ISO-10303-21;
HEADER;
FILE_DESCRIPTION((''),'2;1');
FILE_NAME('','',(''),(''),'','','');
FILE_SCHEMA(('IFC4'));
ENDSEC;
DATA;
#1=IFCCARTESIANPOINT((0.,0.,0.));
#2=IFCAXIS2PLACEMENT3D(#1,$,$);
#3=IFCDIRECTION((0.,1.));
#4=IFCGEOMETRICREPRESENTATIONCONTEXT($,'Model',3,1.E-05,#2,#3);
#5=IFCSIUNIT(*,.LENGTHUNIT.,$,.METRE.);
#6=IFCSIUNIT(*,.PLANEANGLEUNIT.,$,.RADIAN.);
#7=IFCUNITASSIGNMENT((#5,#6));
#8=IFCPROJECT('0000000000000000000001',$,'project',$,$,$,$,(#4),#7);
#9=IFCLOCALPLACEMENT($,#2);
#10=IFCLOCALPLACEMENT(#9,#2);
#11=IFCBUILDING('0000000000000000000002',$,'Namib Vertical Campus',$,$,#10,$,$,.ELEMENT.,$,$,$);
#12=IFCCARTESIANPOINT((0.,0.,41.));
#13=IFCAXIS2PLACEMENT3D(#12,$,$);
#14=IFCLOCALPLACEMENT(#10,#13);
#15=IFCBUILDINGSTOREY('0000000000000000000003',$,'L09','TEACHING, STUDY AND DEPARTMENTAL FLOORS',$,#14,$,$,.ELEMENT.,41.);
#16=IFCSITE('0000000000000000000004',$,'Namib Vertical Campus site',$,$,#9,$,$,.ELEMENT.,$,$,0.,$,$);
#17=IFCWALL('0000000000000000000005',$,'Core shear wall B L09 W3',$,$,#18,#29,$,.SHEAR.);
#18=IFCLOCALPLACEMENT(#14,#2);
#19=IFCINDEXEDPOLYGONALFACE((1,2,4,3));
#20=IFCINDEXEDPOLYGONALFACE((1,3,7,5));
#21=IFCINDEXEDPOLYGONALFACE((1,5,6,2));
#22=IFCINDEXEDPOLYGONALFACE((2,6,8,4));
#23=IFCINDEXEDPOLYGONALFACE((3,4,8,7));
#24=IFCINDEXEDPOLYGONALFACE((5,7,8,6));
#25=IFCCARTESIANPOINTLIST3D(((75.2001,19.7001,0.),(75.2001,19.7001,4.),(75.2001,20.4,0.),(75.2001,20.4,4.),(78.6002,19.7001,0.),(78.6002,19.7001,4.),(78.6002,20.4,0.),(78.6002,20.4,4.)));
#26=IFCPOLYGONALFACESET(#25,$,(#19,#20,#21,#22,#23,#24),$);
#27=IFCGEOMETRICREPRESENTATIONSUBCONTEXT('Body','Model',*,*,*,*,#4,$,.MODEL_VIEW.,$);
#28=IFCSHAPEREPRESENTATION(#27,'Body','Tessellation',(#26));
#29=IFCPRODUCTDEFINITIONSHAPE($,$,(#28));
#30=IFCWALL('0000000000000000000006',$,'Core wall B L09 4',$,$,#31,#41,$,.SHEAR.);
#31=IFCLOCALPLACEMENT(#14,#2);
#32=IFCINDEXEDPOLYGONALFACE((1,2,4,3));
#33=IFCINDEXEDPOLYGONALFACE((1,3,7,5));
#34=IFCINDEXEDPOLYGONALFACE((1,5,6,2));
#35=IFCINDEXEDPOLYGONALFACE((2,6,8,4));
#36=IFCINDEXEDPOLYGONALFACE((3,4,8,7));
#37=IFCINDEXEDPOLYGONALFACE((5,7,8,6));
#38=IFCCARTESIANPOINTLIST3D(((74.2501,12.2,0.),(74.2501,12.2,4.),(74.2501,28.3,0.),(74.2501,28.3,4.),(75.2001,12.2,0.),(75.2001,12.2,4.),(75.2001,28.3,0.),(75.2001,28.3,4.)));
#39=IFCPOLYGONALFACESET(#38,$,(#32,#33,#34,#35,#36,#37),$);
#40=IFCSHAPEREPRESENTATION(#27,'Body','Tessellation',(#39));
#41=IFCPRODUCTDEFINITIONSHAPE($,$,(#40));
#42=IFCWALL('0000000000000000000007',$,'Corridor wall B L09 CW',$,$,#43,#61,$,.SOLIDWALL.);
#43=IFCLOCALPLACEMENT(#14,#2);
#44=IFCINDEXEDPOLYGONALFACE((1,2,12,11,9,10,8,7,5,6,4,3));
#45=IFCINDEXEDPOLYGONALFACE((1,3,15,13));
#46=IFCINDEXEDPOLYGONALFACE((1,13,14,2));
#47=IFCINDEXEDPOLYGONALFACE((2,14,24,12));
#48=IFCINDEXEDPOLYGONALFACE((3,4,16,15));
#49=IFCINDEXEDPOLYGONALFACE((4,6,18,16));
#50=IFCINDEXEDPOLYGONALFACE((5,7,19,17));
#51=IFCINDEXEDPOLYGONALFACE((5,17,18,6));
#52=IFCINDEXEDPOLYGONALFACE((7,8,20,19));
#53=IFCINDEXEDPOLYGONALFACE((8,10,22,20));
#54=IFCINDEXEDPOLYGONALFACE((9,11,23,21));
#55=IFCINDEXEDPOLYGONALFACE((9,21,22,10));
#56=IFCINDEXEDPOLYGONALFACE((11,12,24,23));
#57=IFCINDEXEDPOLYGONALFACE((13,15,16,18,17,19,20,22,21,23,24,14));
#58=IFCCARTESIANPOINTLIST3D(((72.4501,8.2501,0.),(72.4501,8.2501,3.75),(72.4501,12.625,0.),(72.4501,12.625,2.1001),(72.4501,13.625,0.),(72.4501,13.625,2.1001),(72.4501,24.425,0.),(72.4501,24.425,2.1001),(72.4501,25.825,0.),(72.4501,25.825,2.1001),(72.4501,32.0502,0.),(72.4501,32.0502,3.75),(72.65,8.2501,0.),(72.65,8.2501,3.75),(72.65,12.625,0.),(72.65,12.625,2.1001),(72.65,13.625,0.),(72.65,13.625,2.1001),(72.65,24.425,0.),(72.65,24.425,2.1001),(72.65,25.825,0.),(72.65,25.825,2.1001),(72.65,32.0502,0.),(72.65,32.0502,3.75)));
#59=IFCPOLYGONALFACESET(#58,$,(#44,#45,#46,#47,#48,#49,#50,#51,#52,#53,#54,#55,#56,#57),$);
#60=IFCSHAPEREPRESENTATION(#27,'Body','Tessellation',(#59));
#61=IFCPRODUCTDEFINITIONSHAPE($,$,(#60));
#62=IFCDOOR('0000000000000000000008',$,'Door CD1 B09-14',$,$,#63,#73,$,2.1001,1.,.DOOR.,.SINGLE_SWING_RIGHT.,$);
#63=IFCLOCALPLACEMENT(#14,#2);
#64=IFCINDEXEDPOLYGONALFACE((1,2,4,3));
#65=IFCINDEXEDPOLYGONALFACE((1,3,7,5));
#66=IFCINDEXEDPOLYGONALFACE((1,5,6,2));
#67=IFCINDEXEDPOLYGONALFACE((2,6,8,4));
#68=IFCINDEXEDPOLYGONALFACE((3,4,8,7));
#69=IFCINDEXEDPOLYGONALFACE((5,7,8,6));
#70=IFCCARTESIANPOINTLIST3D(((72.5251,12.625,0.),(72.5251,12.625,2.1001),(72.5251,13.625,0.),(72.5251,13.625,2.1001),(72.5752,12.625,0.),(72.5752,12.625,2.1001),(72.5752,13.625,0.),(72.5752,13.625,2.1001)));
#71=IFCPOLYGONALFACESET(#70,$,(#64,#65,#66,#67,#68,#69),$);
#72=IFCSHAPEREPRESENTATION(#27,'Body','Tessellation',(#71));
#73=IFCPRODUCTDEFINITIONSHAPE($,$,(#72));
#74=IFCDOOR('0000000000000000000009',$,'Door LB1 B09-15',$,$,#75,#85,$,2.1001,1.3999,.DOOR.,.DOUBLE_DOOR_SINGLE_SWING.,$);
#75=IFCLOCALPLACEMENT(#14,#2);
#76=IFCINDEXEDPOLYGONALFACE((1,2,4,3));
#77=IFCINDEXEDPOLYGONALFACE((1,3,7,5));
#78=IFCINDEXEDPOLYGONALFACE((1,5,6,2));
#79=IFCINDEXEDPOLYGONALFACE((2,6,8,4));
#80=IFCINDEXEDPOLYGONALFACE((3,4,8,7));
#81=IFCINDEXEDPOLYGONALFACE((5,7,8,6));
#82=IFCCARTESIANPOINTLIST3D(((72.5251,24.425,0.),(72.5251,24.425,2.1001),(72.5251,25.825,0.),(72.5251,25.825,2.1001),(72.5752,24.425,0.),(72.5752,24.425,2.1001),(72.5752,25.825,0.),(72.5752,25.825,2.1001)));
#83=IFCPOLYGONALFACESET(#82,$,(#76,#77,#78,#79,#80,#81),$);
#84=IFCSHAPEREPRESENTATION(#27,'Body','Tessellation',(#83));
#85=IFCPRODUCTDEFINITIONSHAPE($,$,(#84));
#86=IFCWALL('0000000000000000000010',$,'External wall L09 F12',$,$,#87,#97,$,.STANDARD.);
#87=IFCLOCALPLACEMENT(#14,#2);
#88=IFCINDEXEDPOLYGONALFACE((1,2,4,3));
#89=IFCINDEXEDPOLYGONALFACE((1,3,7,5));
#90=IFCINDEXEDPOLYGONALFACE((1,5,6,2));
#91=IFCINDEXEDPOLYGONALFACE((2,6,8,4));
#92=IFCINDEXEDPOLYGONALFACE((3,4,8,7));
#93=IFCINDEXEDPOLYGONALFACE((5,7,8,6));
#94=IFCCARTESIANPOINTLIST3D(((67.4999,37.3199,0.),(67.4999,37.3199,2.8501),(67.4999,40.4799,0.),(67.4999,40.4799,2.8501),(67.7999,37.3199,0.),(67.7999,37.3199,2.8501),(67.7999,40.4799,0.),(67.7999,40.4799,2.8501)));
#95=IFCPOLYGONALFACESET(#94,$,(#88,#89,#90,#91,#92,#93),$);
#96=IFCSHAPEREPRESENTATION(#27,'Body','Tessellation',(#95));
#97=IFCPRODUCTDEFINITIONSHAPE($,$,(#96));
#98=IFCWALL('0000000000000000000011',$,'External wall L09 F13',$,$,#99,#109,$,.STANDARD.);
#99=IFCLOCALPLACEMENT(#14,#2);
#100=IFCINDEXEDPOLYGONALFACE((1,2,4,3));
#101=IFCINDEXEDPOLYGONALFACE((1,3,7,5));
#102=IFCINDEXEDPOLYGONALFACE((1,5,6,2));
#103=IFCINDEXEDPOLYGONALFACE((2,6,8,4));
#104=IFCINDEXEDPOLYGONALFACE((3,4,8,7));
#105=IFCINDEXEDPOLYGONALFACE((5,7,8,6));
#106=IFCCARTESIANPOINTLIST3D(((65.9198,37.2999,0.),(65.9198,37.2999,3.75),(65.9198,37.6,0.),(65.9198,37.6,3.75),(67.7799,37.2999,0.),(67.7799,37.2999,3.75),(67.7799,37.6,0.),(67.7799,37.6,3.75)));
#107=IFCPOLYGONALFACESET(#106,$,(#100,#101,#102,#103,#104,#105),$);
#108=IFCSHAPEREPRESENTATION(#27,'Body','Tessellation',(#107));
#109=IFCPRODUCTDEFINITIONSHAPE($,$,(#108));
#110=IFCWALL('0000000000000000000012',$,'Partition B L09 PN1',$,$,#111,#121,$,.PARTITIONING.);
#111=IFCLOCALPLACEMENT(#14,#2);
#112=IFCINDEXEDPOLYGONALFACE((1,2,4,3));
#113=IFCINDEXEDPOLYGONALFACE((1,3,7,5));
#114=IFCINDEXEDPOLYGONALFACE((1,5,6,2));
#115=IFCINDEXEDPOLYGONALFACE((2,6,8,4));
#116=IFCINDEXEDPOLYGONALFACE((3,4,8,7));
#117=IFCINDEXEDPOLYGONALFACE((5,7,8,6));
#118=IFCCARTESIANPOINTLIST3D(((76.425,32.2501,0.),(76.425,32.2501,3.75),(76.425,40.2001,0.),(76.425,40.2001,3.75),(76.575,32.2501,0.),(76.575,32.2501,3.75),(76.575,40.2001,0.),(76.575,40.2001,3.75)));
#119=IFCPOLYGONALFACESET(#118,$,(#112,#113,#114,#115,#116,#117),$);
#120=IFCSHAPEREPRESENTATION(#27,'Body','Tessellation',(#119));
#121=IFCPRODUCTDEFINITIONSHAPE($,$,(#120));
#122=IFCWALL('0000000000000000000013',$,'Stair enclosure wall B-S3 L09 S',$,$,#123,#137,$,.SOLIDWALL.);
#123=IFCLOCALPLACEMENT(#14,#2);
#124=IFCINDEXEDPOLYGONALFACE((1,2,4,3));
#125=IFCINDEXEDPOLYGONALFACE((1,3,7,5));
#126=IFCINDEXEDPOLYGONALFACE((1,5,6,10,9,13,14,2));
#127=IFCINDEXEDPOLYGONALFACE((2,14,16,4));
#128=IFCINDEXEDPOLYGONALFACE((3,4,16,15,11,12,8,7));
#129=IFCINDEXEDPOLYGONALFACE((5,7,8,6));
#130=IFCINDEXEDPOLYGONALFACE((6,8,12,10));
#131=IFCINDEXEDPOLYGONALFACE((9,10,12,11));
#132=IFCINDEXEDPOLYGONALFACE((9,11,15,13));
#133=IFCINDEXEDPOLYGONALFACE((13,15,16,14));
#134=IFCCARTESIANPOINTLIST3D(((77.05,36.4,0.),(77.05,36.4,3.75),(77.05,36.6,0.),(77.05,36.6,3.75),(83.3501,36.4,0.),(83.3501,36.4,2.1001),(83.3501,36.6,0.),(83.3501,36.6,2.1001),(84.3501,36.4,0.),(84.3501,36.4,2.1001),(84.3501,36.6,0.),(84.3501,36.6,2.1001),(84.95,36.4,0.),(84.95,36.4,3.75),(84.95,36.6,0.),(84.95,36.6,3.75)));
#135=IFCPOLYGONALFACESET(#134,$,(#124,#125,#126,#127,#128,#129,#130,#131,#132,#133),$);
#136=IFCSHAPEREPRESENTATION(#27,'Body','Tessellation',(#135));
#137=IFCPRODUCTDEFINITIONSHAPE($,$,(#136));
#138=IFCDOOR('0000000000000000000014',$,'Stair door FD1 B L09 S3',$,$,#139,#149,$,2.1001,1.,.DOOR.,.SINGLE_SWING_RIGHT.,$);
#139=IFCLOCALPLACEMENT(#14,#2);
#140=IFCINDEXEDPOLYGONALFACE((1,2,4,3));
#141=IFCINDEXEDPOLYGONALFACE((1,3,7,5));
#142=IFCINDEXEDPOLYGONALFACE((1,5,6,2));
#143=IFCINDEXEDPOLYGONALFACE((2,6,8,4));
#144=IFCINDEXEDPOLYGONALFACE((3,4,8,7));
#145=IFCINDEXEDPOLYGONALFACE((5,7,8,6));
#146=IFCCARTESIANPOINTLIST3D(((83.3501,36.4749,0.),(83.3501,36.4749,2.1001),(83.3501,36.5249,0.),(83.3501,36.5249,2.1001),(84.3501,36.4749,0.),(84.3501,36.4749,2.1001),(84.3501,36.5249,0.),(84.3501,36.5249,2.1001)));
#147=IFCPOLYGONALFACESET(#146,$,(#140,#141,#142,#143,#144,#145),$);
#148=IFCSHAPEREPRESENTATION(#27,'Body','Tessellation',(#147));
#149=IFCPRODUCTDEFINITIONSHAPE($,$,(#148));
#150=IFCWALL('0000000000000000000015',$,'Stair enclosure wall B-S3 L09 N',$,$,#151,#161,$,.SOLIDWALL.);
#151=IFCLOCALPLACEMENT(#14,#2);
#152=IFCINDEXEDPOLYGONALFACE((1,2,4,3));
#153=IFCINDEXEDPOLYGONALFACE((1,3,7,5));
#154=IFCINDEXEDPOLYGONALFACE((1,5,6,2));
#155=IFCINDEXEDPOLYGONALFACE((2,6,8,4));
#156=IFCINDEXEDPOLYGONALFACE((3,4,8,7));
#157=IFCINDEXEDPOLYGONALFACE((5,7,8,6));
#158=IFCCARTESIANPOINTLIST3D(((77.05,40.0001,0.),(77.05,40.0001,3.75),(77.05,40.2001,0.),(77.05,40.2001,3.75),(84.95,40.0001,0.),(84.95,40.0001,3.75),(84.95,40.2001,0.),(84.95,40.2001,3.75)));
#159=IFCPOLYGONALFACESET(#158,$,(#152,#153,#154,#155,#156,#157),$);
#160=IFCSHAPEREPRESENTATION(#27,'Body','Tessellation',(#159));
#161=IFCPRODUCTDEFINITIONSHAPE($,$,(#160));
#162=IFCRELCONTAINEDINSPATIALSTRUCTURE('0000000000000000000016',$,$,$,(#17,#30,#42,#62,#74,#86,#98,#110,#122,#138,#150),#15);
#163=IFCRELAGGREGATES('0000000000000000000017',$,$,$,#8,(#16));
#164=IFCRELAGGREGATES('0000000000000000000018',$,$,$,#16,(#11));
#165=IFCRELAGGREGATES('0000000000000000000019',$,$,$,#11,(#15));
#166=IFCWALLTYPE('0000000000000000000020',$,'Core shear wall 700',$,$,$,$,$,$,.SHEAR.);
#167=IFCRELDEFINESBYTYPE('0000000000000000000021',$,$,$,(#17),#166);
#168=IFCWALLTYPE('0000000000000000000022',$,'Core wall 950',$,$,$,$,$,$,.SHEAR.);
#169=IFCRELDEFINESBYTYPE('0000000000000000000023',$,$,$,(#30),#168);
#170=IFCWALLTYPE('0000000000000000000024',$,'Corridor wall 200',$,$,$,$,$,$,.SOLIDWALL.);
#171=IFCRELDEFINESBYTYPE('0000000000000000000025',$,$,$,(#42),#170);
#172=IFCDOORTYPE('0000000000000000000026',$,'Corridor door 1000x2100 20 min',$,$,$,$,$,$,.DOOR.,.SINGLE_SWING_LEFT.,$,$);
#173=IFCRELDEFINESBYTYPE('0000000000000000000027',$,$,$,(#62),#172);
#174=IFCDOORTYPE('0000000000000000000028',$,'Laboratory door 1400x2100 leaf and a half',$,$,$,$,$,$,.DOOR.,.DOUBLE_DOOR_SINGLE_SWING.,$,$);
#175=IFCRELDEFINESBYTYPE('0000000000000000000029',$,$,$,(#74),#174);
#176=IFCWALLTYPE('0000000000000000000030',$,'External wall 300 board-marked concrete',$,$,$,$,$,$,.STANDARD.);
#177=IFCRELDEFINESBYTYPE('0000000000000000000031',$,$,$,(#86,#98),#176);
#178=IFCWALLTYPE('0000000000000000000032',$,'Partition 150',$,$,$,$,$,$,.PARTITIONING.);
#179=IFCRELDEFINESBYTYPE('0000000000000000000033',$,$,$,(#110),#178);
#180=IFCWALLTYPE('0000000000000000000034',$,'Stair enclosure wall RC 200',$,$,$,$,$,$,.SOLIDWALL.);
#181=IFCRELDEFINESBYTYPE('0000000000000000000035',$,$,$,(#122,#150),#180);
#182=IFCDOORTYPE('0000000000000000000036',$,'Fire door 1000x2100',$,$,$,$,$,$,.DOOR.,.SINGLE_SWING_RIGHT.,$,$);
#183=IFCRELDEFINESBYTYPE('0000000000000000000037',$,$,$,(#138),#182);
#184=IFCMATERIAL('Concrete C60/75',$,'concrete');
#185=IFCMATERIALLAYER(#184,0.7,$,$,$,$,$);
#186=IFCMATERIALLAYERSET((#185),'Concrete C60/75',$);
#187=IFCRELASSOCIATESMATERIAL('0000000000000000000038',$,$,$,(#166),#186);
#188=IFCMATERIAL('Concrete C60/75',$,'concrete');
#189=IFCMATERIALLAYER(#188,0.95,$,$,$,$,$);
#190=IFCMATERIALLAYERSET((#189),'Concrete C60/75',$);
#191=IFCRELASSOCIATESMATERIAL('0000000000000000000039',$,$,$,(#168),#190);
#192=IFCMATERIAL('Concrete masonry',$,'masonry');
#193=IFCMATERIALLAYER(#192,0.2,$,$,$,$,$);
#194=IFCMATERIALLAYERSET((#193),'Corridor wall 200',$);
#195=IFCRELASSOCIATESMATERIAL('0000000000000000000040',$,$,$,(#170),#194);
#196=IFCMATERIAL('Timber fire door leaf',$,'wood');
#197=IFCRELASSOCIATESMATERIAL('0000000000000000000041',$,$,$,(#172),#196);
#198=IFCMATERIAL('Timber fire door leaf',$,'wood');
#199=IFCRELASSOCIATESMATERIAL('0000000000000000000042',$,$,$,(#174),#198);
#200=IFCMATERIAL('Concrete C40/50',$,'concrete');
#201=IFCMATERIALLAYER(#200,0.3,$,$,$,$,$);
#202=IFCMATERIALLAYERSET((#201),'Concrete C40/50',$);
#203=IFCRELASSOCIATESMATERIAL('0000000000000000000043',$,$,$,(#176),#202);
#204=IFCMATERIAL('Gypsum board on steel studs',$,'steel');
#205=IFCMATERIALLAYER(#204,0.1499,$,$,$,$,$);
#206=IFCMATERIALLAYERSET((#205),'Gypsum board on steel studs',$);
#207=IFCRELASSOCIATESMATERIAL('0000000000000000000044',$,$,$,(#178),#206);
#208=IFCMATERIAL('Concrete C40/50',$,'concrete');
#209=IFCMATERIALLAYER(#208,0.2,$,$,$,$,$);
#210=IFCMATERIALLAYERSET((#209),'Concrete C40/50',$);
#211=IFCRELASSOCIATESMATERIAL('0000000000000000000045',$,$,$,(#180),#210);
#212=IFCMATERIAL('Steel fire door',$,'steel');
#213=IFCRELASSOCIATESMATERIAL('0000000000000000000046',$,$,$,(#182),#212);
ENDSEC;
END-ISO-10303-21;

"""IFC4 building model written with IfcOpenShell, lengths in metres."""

from ifc_helpers import new_model, si_unit, direction, frame, frame_2d, origin, place, context, subcontext, project, spatial, rectangle, extrude, material, layer, layer_set, type_object, element, fill, save


model = new_model("IFC4")

# Units and contexts
model_context = context("Model", 3, precision=1e-05, world=origin(), true_north=direction((0.0, 1.0)))
body_context = subcontext(model_context, "Body", "Model", "MODEL_VIEW")
ifc_project = project(units=[si_unit("LENGTHUNIT", "METRE"), si_unit("PLANEANGLEUNIT", "RADIAN")], contexts=[model_context])

# Site, building, storey
site_placement = place(None, origin())
site = spatial("IfcSite", under=ifc_project, at=site_placement, Name="Namib Vertical Campus site", CompositionType="ELEMENT", RefElevation=0.0)
building_placement = place(site_placement, origin())
building = spatial("IfcBuilding", under=site, at=building_placement, Name="Namib Vertical Campus", CompositionType="ELEMENT")
storey_placement = place(building_placement, frame((0.0, 0.0, 41.0)))
storey = spatial("IfcBuildingStorey", under=building, at=storey_placement, Name="L09", Description="TEACHING, STUDY AND DEPARTMENTAL FLOORS", CompositionType="ELEMENT", Elevation=41.0)

# Walls
ifc_material_1 = material(Name="Concrete C60/75", Category="concrete")
ifc_layer_1 = layer(ifc_material_1, 0.7)
ifc_layer_set_1 = layer_set([ifc_layer_1], Name="Concrete C60/75")
wall_type_1 = type_object("IfcWallType", Name="Core shear wall 700", PredefinedType="SHEAR", material=ifc_layer_set_1)
wall_1_placement = place(storey_placement, frame((75.2, 20.05, 0.0), z_axis=(0.0, 0.0, 1.0), x_axis=(1.0, 0.0, 0.0)))
element("IfcWall", 1, at=wall_1_placement, inside=storey, type_object=wall_type_1, Name="Core shear wall B L09 W3", PredefinedType="SHEAR", context=body_context, shape_type="SweptSolid", body=[
    extrude(rectangle(XDim=3.4001, YDim=0.7, at=frame_2d((1.7002, 0.0))), origin(), (0.0, 0.0, 1.0), 4.0),
])
ifc_material_2 = material(Name="Concrete C60/75", Category="concrete")
ifc_layer_2 = layer(ifc_material_2, 0.95)
ifc_layer_set_2 = layer_set([ifc_layer_2], Name="Concrete C60/75")
wall_type_2 = type_object("IfcWallType", Name="Core wall 950", PredefinedType="SHEAR", material=ifc_layer_set_2)
wall_2_placement = place(storey_placement, frame((74.7251, 28.3, 0.0), z_axis=(0.0, 0.0, 1.0), x_axis=(0.0, -1.0, 0.0)))
element("IfcWall", 2, at=wall_2_placement, inside=storey, type_object=wall_type_2, Name="Core wall B L09 4", PredefinedType="SHEAR", context=body_context, shape_type="SweptSolid", body=[
    extrude(rectangle(XDim=16.1001, YDim=0.95, at=frame_2d((8.05, 0.0))), origin(), (0.0, 0.0, 1.0), 4.0),
])

# Wall, openings, doors
ifc_material_3 = material(Name="Concrete masonry", Category="masonry")
ifc_layer_3 = layer(ifc_material_3, 0.2)
ifc_layer_set_3 = layer_set([ifc_layer_3], Name="Corridor wall 200")
wall_type_3 = type_object("IfcWallType", Name="Corridor wall 200", PredefinedType="SOLIDWALL", material=ifc_layer_set_3)
wall_3_placement = place(storey_placement, frame((72.55, 32.05, 0.0), z_axis=(0.0, 0.0, 1.0), x_axis=(0.0, -1.0, 0.0)))
wall_3 = element("IfcWall", 3, at=wall_3_placement, inside=storey, type_object=wall_type_3, Name="Corridor wall B L09 CW", PredefinedType="SOLIDWALL", context=body_context, shape_type="SweptSolid", body=[
    extrude(rectangle(XDim=23.8, YDim=0.2, at=frame_2d((11.8999, 0.0))), origin(), (0.0, 0.0, 1.0), 3.75),
])
opening_1_placement = place(wall_3_placement, frame((18.425, 0.0, 0.0)))
opening_1 = element("IfcOpeningElement", 4, at=opening_1_placement, cuts=wall_3, PredefinedType="OPENING", context=body_context, shape_type="SweptSolid", body=[
    extrude(rectangle(XDim=1.0, YDim=2.1001, at=frame_2d((0.5, 1.05))), frame((0.0, 0.1099, 0.0), z_axis=(0.0, -1.0, 0.0), x_axis=(1.0, 0.0, 0.0)), (0.0, 0.0, 1.0), 0.22),
])
opening_2_placement = place(wall_3_placement, frame((6.2251, 0.0, 0.0)))
opening_2 = element("IfcOpeningElement", 5, at=opening_2_placement, cuts=wall_3, PredefinedType="OPENING", context=body_context, shape_type="SweptSolid", body=[
    extrude(rectangle(XDim=1.3999, YDim=2.1001, at=frame_2d((0.7, 1.05))), frame((0.0, 0.1099, 0.0), z_axis=(0.0, -1.0, 0.0), x_axis=(1.0, 0.0, 0.0)), (0.0, 0.0, 1.0), 0.22),
])
ifc_material_4 = material(Name="Timber fire door leaf", Category="wood")
door_type_1 = type_object("IfcDoorType", Name="Corridor door 1000x2100 20 min", OperationType="SINGLE_SWING_LEFT", PredefinedType="DOOR", material=ifc_material_4)
door_1_placement = place(opening_1_placement, frame((1.0, 0.0, 0.0), z_axis=(0.0, 0.0, 1.0), x_axis=(-1.0, 0.0, 0.0)))
door_1 = element("IfcDoor", 6, at=door_1_placement, inside=storey, type_object=door_type_1, Name="Door CD1 B09-14", OperationType="SINGLE_SWING_RIGHT", OverallHeight=2.1001, OverallWidth=1.0, PredefinedType="DOOR", context=body_context, shape_type="SweptSolid", body=[
    extrude(rectangle(XDim=1.0, YDim=2.1001, at=frame_2d((0.5, 1.05))), frame((0.0, 0.0249, 0.0), z_axis=(0.0, -1.0, 0.0), x_axis=(1.0, 0.0, 0.0)), (0.0, 0.0, 1.0), 0.05),
])
fill(opening_1, door_1)
ifc_material_5 = material(Name="Timber fire door leaf", Category="wood")
door_type_2 = type_object("IfcDoorType", Name="Laboratory door 1400x2100 leaf and a half", OperationType="DOUBLE_DOOR_SINGLE_SWING", PredefinedType="DOOR", material=ifc_material_5)
door_2_placement = place(opening_2_placement, frame((1.3999, 0.0, 0.0), z_axis=(0.0, 0.0, 1.0), x_axis=(-1.0, 0.0, 0.0)))
door_2 = element("IfcDoor", 7, at=door_2_placement, inside=storey, type_object=door_type_2, Name="Door LB1 B09-15", OperationType="DOUBLE_DOOR_SINGLE_SWING", OverallHeight=2.1001, OverallWidth=1.3999, PredefinedType="DOOR", context=body_context, shape_type="SweptSolid", body=[
    extrude(rectangle(XDim=1.3999, YDim=2.1001, at=frame_2d((0.7, 1.05))), frame((0.0, 0.0249, 0.0), z_axis=(0.0, -1.0, 0.0), x_axis=(1.0, 0.0, 0.0)), (0.0, 0.0, 1.0), 0.05),
])
fill(opening_2, door_2)

# Walls
ifc_material_6 = material(Name="Concrete C40/50", Category="concrete")
ifc_layer_4 = layer(ifc_material_6, 0.3)
ifc_layer_set_4 = layer_set([ifc_layer_4], Name="Concrete C40/50")
wall_type_4 = type_object("IfcWallType", Name="External wall 300 board-marked concrete", PredefinedType="STANDARD", material=ifc_layer_set_4)
wall_4_placement = place(storey_placement, frame((67.6499, 40.48, 0.0), z_axis=(0.0, 0.0, 1.0), x_axis=(0.0, -1.0, 0.0)))
element("IfcWall", 8, at=wall_4_placement, inside=storey, type_object=wall_type_4, Name="External wall L09 F12", PredefinedType="STANDARD", context=body_context, shape_type="SweptSolid", body=[
    extrude(rectangle(XDim=3.1599, YDim=0.3, at=frame_2d((1.5801, 0.0))), origin(), (0.0, 0.0, 1.0), 2.8501),
])
wall_5_placement = place(storey_placement, frame((67.78, 37.45, 0.0), z_axis=(0.0, 0.0, 1.0), x_axis=(-1.0, 0.0, 0.0)))
element("IfcWall", 9, at=wall_5_placement, inside=storey, type_object=wall_type_4, Name="External wall L09 F13", PredefinedType="STANDARD", context=body_context, shape_type="SweptSolid", body=[
    extrude(rectangle(XDim=1.8601, YDim=0.3, at=frame_2d((0.9302, 0.0))), origin(), (0.0, 0.0, 1.0), 3.75),
])
ifc_material_7 = material(Name="Gypsum board on steel studs", Category="steel")
ifc_layer_5 = layer(ifc_material_7, 0.1499)
ifc_layer_set_5 = layer_set([ifc_layer_5], Name="Gypsum board on steel studs")
wall_type_5 = type_object("IfcWallType", Name="Partition 150", PredefinedType="PARTITIONING", material=ifc_layer_set_5)
wall_6_placement = place(storey_placement, frame((76.5, 32.25, 0.0), z_axis=(0.0, 0.0, 1.0), x_axis=(0.0, 1.0, 0.0)))
element("IfcWall", 10, at=wall_6_placement, inside=storey, type_object=wall_type_5, Name="Partition B L09 PN1", PredefinedType="PARTITIONING", context=body_context, shape_type="SweptSolid", body=[
    extrude(rectangle(XDim=7.95, YDim=0.1499, at=frame_2d((3.9751, 0.0))), origin(), (0.0, 0.0, 1.0), 3.75),
])

# Wall, opening, door
ifc_material_8 = material(Name="Concrete C40/50", Category="concrete")
ifc_layer_6 = layer(ifc_material_8, 0.2)
ifc_layer_set_6 = layer_set([ifc_layer_6], Name="Concrete C40/50")
wall_type_6 = type_object("IfcWallType", Name="Stair enclosure wall RC 200", PredefinedType="SOLIDWALL", material=ifc_layer_set_6)
wall_7_placement = place(storey_placement, frame((77.05, 36.5, 0.0), z_axis=(0.0, 0.0, 1.0), x_axis=(1.0, 0.0, 0.0)))
wall_7 = element("IfcWall", 11, at=wall_7_placement, inside=storey, type_object=wall_type_6, Name="Stair enclosure wall B-S3 L09 S", PredefinedType="SOLIDWALL", context=body_context, shape_type="SweptSolid", body=[
    extrude(rectangle(XDim=7.8999, YDim=0.2, at=frame_2d((3.95, 0.0))), origin(), (0.0, 0.0, 1.0), 3.75),
])
opening_3_placement = place(wall_7_placement, frame((6.3, 0.0, 0.0)))
opening_3 = element("IfcOpeningElement", 12, at=opening_3_placement, cuts=wall_7, PredefinedType="OPENING", context=body_context, shape_type="SweptSolid", body=[
    extrude(rectangle(XDim=1.0, YDim=2.1001, at=frame_2d((0.5, 1.05))), frame((0.0, 0.1099, 0.0), z_axis=(0.0, -1.0, 0.0), x_axis=(1.0, 0.0, 0.0)), (0.0, 0.0, 1.0), 0.22),
])
ifc_material_9 = material(Name="Steel fire door", Category="steel")
door_type_3 = type_object("IfcDoorType", Name="Fire door 1000x2100", OperationType="SINGLE_SWING_RIGHT", PredefinedType="DOOR", material=ifc_material_9)
door_3_placement = place(opening_3_placement, origin())
door_3 = element("IfcDoor", 13, at=door_3_placement, inside=storey, type_object=door_type_3, Name="Stair door FD1 B L09 S3", OperationType="SINGLE_SWING_RIGHT", OverallHeight=2.1001, OverallWidth=1.0, PredefinedType="DOOR", context=body_context, shape_type="SweptSolid", body=[
    extrude(rectangle(XDim=1.0, YDim=2.1001, at=frame_2d((0.5, 1.05))), frame((0.0, 0.0249, 0.0), z_axis=(0.0, -1.0, 0.0), x_axis=(1.0, 0.0, 0.0)), (0.0, 0.0, 1.0), 0.05),
])
fill(opening_3, door_3)

# Wall
wall_8_placement = place(storey_placement, frame((77.05, 40.1001, 0.0), z_axis=(0.0, 0.0, 1.0), x_axis=(1.0, 0.0, 0.0)))
element("IfcWall", 14, at=wall_8_placement, inside=storey, type_object=wall_type_6, Name="Stair enclosure wall B-S3 L09 N", PredefinedType="SOLIDWALL", context=body_context, shape_type="SweptSolid", body=[
    extrude(rectangle(XDim=7.8999, YDim=0.2, at=frame_2d((3.95, 0.0))), origin(), (0.0, 0.0, 1.0), 3.75),
])

save(model, "model.ifc")
